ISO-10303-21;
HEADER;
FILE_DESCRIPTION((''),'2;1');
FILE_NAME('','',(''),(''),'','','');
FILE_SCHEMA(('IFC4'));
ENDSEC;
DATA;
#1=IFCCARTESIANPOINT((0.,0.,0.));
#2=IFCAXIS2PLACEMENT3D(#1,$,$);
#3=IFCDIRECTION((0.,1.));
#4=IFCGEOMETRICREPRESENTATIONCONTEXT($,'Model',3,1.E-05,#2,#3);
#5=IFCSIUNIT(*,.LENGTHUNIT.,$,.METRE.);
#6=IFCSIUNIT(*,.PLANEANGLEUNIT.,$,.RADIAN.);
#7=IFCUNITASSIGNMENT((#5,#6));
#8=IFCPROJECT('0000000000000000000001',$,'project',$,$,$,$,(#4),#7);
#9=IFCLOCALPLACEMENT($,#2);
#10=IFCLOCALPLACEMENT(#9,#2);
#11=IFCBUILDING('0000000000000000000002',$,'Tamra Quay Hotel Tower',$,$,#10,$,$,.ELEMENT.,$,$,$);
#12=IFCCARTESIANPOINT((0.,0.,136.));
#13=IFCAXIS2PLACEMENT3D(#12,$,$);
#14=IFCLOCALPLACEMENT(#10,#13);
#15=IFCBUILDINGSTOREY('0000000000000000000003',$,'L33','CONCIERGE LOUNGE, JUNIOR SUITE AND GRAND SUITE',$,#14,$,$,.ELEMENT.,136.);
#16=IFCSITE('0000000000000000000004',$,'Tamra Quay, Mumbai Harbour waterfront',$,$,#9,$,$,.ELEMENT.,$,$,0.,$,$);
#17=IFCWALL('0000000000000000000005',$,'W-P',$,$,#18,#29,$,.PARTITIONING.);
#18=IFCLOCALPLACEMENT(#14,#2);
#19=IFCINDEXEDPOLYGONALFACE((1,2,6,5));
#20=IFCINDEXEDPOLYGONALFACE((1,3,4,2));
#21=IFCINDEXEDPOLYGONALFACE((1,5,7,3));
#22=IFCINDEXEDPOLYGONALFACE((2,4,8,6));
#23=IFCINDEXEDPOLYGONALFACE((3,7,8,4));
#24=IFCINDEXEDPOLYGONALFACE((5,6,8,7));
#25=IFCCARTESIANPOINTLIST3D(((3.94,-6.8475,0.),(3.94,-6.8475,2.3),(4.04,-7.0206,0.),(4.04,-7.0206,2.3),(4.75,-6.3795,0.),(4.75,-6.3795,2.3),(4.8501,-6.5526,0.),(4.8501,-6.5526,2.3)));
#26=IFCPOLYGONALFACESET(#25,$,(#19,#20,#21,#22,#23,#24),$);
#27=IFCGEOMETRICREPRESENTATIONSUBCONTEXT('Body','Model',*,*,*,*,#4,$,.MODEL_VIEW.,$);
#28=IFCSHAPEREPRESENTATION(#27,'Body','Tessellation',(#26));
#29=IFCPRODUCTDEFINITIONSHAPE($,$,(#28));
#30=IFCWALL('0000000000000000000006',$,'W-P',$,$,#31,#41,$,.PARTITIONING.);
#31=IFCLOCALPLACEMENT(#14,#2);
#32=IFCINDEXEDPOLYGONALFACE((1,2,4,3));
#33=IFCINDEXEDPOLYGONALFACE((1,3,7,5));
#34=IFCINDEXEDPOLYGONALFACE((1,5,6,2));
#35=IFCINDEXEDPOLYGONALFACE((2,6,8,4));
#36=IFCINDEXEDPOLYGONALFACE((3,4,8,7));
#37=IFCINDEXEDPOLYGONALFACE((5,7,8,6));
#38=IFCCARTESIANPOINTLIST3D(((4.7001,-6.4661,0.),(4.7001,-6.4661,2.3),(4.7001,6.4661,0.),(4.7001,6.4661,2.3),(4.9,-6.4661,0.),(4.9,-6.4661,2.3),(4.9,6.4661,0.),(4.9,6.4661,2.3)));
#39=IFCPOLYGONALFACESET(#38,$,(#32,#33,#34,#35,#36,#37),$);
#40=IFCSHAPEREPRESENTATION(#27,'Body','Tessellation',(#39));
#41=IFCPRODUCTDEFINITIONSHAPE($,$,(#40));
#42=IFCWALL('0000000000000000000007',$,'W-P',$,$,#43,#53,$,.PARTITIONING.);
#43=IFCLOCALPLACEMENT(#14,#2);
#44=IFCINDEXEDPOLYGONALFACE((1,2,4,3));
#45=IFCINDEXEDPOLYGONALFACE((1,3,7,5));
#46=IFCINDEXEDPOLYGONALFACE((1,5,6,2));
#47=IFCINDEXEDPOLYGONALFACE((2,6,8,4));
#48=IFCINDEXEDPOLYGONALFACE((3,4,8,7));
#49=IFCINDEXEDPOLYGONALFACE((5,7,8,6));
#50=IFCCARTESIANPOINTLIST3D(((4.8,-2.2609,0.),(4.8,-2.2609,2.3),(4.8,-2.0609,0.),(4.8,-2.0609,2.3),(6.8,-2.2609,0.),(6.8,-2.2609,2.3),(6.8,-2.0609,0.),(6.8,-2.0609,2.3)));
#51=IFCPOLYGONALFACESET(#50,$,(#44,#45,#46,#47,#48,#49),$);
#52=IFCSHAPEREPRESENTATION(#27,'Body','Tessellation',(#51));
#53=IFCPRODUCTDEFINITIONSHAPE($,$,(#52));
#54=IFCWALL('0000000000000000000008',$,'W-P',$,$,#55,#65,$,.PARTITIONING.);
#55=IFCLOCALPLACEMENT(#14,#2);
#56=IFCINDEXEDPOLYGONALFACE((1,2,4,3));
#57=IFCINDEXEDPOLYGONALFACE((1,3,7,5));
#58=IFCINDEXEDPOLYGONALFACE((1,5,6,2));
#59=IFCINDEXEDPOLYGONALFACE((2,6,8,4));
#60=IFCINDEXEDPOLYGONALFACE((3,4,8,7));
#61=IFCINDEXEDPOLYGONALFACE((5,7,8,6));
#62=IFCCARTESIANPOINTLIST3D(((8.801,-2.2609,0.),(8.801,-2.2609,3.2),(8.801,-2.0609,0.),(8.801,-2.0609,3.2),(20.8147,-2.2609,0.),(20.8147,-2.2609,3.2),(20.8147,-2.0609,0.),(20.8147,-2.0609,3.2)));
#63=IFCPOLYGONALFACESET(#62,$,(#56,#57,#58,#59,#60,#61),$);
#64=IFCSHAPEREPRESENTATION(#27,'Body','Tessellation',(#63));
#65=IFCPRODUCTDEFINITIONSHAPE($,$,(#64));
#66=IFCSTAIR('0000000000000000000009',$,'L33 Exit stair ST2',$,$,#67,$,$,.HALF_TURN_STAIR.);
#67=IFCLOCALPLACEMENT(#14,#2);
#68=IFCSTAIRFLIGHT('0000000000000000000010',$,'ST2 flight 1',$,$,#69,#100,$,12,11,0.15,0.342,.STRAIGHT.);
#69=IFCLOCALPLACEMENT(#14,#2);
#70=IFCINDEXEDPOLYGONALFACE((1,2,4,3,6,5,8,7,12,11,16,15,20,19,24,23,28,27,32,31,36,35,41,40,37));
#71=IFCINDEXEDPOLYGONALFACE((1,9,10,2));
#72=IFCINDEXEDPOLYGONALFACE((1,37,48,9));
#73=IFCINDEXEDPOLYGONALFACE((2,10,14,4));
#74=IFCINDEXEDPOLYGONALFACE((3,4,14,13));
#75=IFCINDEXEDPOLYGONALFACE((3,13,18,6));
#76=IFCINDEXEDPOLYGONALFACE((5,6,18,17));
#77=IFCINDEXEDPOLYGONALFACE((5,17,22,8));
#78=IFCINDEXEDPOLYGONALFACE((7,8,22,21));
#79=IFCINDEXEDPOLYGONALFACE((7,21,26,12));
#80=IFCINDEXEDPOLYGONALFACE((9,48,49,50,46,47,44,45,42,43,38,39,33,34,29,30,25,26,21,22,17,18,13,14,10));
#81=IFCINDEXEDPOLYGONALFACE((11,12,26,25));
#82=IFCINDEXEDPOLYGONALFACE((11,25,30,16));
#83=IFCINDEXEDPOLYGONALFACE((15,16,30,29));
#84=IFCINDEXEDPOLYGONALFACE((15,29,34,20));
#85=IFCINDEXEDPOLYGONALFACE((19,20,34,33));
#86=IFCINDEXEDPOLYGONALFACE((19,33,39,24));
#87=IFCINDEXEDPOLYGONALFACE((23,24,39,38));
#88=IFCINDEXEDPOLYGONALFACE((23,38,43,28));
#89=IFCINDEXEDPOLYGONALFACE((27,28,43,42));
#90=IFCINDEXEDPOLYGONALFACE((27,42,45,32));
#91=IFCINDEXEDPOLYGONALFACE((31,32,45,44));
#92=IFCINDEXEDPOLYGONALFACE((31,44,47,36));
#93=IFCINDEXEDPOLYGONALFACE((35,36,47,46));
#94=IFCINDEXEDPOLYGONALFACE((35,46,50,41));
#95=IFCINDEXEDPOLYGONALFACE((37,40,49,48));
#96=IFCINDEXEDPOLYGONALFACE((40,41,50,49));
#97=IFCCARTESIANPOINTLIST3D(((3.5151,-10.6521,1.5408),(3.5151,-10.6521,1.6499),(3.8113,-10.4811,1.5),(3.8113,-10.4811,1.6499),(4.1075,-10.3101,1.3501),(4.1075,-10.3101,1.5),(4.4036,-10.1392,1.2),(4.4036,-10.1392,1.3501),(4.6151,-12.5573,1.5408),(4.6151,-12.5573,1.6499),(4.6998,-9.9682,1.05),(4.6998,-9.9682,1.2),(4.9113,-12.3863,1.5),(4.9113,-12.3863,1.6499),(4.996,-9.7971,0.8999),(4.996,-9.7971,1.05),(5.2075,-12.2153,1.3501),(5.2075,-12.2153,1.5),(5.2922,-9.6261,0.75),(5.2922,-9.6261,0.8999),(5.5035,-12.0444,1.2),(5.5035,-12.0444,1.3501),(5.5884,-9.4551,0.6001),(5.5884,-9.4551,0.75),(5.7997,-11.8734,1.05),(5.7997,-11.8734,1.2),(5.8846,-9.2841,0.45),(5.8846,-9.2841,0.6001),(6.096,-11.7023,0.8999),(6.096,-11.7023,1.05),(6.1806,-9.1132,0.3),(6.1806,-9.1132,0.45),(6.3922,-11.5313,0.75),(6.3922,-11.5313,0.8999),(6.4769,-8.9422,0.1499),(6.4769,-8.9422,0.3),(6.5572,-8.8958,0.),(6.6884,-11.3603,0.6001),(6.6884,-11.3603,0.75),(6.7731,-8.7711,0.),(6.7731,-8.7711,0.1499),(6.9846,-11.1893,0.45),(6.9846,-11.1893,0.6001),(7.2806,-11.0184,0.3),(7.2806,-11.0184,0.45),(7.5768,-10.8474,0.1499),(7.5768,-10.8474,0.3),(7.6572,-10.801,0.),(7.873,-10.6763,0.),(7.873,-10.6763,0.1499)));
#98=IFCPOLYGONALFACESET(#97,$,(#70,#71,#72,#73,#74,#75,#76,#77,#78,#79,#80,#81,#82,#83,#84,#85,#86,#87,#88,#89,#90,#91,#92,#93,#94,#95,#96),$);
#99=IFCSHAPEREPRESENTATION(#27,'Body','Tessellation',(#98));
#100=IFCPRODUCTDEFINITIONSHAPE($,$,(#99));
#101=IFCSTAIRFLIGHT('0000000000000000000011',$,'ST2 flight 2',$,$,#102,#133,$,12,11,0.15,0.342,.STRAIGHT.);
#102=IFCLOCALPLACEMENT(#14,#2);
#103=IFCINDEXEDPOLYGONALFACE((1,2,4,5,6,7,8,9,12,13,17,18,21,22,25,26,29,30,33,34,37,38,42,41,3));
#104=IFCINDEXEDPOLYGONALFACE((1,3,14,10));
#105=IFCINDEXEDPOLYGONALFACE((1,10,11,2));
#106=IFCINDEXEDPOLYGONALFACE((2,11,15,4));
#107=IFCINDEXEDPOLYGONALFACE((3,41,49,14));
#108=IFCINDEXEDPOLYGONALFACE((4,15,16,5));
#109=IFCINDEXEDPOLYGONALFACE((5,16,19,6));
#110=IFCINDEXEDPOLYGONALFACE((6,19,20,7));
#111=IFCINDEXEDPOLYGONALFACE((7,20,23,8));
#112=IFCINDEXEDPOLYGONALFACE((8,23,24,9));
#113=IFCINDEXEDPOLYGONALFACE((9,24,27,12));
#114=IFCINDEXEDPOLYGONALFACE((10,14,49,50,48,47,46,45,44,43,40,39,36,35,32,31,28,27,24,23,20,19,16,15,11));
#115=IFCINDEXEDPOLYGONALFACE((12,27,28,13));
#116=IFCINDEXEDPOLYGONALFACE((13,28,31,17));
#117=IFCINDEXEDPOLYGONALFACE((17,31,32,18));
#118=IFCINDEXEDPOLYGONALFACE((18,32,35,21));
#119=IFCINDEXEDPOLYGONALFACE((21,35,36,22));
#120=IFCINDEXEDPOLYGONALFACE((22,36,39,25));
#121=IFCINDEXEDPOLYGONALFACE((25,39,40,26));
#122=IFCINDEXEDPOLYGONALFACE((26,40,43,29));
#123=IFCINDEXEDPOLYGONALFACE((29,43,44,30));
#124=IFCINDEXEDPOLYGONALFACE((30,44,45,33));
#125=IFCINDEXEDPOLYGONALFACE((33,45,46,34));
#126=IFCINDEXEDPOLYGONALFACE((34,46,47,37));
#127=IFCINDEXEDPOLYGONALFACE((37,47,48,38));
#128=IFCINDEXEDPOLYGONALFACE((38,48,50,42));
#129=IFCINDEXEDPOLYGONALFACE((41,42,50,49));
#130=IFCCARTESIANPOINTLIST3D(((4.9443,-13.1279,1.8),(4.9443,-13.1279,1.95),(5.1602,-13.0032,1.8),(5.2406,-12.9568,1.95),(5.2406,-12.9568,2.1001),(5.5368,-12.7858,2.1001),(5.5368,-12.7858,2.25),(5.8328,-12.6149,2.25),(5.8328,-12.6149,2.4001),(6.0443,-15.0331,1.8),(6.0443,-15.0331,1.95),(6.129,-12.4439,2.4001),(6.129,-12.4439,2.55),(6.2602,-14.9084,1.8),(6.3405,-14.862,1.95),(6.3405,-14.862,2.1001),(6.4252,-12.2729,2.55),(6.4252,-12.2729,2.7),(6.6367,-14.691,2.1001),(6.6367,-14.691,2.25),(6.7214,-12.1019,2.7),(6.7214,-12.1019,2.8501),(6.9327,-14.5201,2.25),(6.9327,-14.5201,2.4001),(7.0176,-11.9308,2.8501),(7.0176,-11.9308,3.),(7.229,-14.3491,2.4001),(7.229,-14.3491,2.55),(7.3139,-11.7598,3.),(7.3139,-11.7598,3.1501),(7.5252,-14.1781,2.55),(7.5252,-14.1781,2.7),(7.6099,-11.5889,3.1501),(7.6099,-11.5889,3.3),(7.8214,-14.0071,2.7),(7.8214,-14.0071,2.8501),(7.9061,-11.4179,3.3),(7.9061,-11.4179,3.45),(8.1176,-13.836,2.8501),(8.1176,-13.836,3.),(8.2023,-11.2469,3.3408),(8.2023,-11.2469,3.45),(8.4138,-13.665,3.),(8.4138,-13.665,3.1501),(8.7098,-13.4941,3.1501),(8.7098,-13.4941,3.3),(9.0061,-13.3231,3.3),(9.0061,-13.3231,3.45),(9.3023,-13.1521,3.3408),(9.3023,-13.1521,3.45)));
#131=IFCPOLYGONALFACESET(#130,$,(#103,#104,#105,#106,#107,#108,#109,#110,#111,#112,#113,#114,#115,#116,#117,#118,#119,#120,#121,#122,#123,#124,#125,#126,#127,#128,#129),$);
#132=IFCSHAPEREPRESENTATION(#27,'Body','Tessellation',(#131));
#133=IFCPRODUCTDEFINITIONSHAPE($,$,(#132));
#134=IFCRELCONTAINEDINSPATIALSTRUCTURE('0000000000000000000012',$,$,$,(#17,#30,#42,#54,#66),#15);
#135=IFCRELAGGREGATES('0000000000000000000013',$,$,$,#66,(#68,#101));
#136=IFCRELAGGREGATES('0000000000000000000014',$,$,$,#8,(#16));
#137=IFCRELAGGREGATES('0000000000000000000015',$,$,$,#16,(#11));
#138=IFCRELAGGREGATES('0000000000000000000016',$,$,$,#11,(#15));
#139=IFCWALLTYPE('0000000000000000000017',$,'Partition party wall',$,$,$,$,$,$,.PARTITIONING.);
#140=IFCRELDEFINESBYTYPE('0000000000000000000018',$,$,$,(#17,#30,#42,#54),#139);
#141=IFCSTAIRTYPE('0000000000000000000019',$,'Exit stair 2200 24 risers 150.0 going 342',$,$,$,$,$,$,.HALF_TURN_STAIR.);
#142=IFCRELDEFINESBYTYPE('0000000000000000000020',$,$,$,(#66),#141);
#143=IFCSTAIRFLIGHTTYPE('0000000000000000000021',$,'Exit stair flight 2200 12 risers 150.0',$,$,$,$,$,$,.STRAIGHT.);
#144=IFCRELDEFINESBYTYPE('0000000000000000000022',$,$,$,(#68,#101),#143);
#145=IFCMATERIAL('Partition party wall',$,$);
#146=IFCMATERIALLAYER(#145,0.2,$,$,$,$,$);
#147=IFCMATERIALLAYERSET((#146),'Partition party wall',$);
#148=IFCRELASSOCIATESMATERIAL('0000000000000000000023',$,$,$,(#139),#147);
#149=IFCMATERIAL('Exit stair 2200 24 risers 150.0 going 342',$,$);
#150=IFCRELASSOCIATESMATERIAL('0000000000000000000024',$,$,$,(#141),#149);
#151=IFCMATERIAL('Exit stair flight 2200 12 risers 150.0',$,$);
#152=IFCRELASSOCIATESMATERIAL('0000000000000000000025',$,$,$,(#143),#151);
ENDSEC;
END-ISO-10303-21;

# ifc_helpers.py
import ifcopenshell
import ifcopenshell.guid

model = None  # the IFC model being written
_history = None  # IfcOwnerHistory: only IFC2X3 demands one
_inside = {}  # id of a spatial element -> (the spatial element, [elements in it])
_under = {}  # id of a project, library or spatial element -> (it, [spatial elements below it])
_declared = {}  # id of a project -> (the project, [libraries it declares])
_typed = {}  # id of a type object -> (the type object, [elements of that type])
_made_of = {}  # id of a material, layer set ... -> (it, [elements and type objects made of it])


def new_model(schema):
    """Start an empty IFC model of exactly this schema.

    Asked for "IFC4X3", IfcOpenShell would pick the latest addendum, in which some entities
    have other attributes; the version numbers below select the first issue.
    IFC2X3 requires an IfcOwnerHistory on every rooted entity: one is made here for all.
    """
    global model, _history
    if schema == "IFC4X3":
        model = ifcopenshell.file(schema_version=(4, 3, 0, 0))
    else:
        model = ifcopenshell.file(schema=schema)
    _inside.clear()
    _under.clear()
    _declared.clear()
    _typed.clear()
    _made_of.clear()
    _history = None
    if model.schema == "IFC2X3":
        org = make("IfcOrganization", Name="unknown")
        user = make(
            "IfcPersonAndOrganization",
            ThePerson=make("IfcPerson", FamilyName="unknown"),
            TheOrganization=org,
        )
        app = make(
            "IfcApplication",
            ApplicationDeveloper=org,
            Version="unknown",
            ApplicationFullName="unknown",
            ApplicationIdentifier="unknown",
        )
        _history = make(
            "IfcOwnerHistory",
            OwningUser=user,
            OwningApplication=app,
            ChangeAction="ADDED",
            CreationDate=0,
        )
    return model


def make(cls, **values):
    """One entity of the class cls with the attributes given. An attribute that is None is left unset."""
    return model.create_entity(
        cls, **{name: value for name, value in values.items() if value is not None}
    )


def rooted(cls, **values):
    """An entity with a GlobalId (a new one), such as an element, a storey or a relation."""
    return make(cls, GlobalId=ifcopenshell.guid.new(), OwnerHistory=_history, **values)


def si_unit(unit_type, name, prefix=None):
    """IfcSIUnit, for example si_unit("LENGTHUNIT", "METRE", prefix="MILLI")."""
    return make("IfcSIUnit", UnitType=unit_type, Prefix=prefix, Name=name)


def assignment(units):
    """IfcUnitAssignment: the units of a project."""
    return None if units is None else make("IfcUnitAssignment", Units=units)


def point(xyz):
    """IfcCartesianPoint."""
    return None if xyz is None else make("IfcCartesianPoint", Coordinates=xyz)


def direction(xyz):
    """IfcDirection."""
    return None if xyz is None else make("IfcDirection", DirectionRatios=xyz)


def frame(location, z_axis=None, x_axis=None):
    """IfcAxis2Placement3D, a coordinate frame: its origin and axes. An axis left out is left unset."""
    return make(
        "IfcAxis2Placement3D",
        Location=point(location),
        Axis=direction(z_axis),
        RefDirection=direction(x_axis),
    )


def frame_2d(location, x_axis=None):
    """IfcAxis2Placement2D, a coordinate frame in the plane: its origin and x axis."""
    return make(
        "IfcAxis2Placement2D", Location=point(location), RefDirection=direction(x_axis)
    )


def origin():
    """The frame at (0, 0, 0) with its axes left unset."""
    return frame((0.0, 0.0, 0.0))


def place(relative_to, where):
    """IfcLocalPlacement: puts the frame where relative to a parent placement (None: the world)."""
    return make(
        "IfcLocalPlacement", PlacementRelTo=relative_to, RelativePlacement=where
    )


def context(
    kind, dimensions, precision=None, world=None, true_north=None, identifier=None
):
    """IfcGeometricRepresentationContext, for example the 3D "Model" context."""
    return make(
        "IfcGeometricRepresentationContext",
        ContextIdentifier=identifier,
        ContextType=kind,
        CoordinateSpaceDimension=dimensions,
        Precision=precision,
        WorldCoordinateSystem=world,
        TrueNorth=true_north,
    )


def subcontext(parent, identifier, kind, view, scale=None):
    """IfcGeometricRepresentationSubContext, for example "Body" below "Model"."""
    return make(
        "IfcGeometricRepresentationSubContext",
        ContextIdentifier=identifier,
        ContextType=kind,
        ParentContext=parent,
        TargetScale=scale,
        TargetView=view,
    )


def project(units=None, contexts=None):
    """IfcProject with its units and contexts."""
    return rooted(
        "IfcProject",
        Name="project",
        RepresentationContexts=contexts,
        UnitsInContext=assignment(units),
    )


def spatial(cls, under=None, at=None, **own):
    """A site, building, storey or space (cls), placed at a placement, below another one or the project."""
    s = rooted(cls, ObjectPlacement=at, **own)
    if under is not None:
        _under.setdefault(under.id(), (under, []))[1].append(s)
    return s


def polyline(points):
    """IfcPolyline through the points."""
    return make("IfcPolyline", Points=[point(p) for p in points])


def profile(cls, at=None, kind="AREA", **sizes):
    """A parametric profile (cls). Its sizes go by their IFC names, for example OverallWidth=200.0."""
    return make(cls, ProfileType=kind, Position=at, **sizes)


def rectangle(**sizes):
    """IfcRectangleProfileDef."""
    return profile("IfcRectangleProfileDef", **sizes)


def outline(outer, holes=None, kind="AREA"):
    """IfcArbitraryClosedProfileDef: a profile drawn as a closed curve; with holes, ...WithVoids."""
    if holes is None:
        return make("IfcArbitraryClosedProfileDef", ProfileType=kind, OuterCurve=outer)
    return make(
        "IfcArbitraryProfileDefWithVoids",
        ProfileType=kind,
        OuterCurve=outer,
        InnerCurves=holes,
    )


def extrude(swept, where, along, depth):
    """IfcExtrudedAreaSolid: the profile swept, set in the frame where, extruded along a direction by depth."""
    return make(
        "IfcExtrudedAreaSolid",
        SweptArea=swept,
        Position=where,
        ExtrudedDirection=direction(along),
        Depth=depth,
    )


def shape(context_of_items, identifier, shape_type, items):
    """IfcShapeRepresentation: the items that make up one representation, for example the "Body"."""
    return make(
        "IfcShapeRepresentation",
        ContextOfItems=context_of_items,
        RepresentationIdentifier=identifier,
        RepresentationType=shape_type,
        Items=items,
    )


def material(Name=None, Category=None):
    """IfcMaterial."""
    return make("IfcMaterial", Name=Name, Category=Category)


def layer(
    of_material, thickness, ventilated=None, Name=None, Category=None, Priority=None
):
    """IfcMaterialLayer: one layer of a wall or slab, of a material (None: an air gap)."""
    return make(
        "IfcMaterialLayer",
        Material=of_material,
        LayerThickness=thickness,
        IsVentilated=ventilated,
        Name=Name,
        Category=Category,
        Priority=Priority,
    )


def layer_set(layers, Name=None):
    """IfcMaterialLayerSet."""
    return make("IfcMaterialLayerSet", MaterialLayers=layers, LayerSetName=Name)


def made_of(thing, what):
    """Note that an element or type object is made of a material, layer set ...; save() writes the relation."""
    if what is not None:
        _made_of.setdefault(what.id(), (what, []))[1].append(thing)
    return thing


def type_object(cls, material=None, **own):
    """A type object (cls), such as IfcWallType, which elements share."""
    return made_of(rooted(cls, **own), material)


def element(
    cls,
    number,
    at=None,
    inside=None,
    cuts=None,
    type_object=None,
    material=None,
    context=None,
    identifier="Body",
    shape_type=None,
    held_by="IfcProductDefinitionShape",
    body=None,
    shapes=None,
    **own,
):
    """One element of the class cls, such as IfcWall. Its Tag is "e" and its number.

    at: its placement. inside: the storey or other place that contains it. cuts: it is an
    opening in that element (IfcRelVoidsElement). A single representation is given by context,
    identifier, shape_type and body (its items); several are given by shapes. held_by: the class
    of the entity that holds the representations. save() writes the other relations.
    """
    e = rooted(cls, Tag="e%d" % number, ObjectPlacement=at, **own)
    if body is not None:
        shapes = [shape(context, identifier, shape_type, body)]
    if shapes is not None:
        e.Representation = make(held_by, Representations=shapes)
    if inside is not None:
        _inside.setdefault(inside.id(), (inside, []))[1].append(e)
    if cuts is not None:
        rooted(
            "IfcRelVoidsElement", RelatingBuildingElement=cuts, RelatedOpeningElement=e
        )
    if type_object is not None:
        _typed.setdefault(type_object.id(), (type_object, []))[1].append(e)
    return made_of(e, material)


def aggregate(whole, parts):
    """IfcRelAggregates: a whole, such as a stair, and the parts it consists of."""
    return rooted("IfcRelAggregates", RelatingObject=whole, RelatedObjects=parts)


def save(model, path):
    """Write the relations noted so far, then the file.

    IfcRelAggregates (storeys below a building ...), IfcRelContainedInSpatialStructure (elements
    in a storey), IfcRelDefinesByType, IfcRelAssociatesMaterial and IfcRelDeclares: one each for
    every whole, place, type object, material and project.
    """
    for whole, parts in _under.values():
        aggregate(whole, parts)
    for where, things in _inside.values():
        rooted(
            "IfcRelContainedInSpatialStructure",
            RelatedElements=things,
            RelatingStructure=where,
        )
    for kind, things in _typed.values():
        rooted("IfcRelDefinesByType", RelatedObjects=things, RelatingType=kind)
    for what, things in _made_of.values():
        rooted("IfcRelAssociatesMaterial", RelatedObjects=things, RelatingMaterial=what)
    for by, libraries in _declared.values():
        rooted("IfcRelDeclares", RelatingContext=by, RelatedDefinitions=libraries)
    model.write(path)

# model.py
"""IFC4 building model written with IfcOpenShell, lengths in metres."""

from ifc_helpers import new_model, si_unit, direction, frame, frame_2d, origin, place, context, subcontext, project, spatial, polyline, rectangle, outline, extrude, material, layer, layer_set, type_object, element, aggregate, save


model = new_model("IFC4")

# Units and contexts
model_context = context("Model", 3, precision=1e-05, world=origin(), true_north=direction((0.0, 1.0)))
body_context = subcontext(model_context, "Body", "Model", "MODEL_VIEW")
ifc_project = project(units=[si_unit("LENGTHUNIT", "METRE"), si_unit("PLANEANGLEUNIT", "RADIAN")], contexts=[model_context])

# Site, building, storey
site_placement = place(None, origin())
site = spatial("IfcSite", under=ifc_project, at=site_placement, Name="Tamra Quay, Mumbai Harbour waterfront", CompositionType="ELEMENT", RefElevation=0.0)
building_placement = place(site_placement, origin())
building = spatial("IfcBuilding", under=site, at=building_placement, Name="Tamra Quay Hotel Tower", CompositionType="ELEMENT")
storey_placement = place(building_placement, frame((0.0, 0.0, 136.0)))
storey = spatial("IfcBuildingStorey", under=building, at=storey_placement, Name="L33", Description="CONCIERGE LOUNGE, JUNIOR SUITE AND GRAND SUITE", CompositionType="ELEMENT", Elevation=136.0)

# Walls
ifc_material_1 = material(Name="Partition party wall")
ifc_layer_1 = layer(ifc_material_1, 0.2)
ifc_layer_set_1 = layer_set([ifc_layer_1], Name="Partition party wall")
wall_type_1 = type_object("IfcWallType", Name="Partition party wall", PredefinedType="PARTITIONING", material=ifc_layer_set_1)
wall_1_placement = place(storey_placement, frame((3.99, -6.9341, 0.0), z_axis=(0.0, 0.0, 1.0), x_axis=(0.865873, 0.500265, 0.0)))
element("IfcWall", 1, at=wall_1_placement, inside=storey, type_object=wall_type_1, Name="W-P", PredefinedType="PARTITIONING", context=body_context, shape_type="SweptSolid", body=[
    extrude(rectangle(XDim=0.9355, YDim=0.2, at=frame_2d((0.4678, 0.0))), origin(), (0.0, 0.0, 1.0), 2.3),
])
wall_2_placement = place(storey_placement, frame((4.8, -6.4661, 0.0), z_axis=(0.0, 0.0, 1.0), x_axis=(0.0, 1.0, 0.0)))
element("IfcWall", 2, at=wall_2_placement, inside=storey, type_object=wall_type_1, Name="W-P", PredefinedType="PARTITIONING", context=body_context, shape_type="SweptSolid", body=[
    extrude(rectangle(XDim=12.9321, YDim=0.2, at=frame_2d((6.4661, 0.0))), origin(), (0.0, 0.0, 1.0), 2.3),
])
wall_3_placement = place(storey_placement, frame((4.8, -2.1609, 0.0), z_axis=(0.0, 0.0, 1.0), x_axis=(1.0, 0.0, 0.0)))
element("IfcWall", 3, at=wall_3_placement, inside=storey, type_object=wall_type_1, Name="W-P", PredefinedType="PARTITIONING", context=body_context, shape_type="SweptSolid", body=[
    extrude(rectangle(XDim=2.0, YDim=0.2, at=frame_2d((1.0, 0.0))), origin(), (0.0, 0.0, 1.0), 2.3),
])
wall_4_placement = place(storey_placement, frame((8.801, -2.1609, 0.0), z_axis=(0.0, 0.0, 1.0), x_axis=(1.0, 0.0, 0.0)))
element("IfcWall", 4, at=wall_4_placement, inside=storey, type_object=wall_type_1, Name="W-P", PredefinedType="PARTITIONING", context=body_context, shape_type="SweptSolid", body=[
    extrude(rectangle(XDim=12.0137, YDim=0.2, at=frame_2d((6.0068, 0.0))), origin(), (0.0, 0.0, 1.0), 3.2),
])

# Stair, stair flights
ifc_material_2 = material(Name="Exit stair 2200 24 risers 150.0 going 342")
stair_type = type_object("IfcStairType", Name="Exit stair 2200 24 risers 150.0 going 342", PredefinedType="HALF_TURN_STAIR", material=ifc_material_2)
stair_placement = place(storey_placement, origin())
stair = element("IfcStair", 5, at=stair_placement, inside=storey, type_object=stair_type, Name="L33 Exit stair ST2", PredefinedType="HALF_TURN_STAIR")
ifc_material_3 = material(Name="Exit stair flight 2200 12 risers 150.0")
stair_flight_type = type_object("IfcStairFlightType", Name="Exit stair flight 2200 12 risers 150.0", PredefinedType="STRAIGHT", material=ifc_material_3)
stair_flight_1_placement = place(storey_placement, frame((7.323, -9.7236, 0.0), z_axis=(0.0, 0.0, 1.0), x_axis=(-0.866025, -0.5, 0.0)))
stair_flight_1 = element("IfcStairFlight", 6, at=stair_flight_1_placement, type_object=stair_flight_type, Name="ST2 flight 1", NumberOfRisers=12, NumberOfTreads=11, PredefinedType="STRAIGHT", RiserHeight=0.15, TreadLength=0.342, context=body_context, shape_type="SweptSolid", body=[
    extrude(outline(polyline([(0.0, 0.0), (0.0, 0.1499), (0.342, 0.1499), (0.342, 0.3), (0.6841, 0.3), (0.6841, 0.45), (1.0259, 0.45), (1.0259, 0.6001), (1.3679, 0.6001), (1.3679, 0.75), (1.71, 0.75), (1.71, 0.8999), (2.052, 0.8999), (2.052, 1.05), (2.394, 1.05), (2.394, 1.2), (2.7361, 1.2), (2.7361, 1.3501), (3.0779, 1.3501), (3.0779, 1.5), (3.4199, 1.5), (3.4199, 1.6499), (3.762, 1.6499), (3.762, 1.8), (3.762, 1.5408), (0.2493, 0.0), (0.0, 0.0)])), frame((0.0, 1.1001, 0.0), z_axis=(0.0, -1.0, 0.0), x_axis=(1.0, 0.0, 0.0)), (0.0, 0.0, 1.0), 2.2),
])
stair_flight_2_placement = place(storey_placement, frame((5.4944, -14.0806, 1.8), z_axis=(0.0, 0.0, 1.0), x_axis=(0.866025, 0.5, 0.0)))
stair_flight_2 = element("IfcStairFlight", 7, at=stair_flight_2_placement, type_object=stair_flight_type, Name="ST2 flight 2", NumberOfRisers=12, NumberOfTreads=11, PredefinedType="STRAIGHT", RiserHeight=0.15, TreadLength=0.342, context=body_context, shape_type="SweptSolid", body=[
    extrude(outline(polyline([(0.0, 0.0), (0.0, 0.1499), (0.342, 0.1499), (0.342, 0.3), (0.6841, 0.3), (0.6841, 0.45), (1.0259, 0.45), (1.0259, 0.6001), (1.3679, 0.6001), (1.3679, 0.75), (1.71, 0.75), (1.71, 0.8999), (2.052, 0.8999), (2.052, 1.05), (2.394, 1.05), (2.394, 1.2), (2.7361, 1.2), (2.7361, 1.3501), (3.0779, 1.3501), (3.0779, 1.5), (3.4199, 1.5), (3.4199, 1.6499), (3.762, 1.6499), (3.762, 1.8), (3.762, 1.5408), (0.2493, 0.0), (0.0, 0.0)])), frame((0.0, 1.1001, 0.0), z_axis=(0.0, -1.0, 0.0), x_axis=(1.0, 0.0, 0.0)), (0.0, 0.0, 1.0), 2.2),
])
aggregate(stair, [stair_flight_1, stair_flight_2])

save(model, "model.ifc")
